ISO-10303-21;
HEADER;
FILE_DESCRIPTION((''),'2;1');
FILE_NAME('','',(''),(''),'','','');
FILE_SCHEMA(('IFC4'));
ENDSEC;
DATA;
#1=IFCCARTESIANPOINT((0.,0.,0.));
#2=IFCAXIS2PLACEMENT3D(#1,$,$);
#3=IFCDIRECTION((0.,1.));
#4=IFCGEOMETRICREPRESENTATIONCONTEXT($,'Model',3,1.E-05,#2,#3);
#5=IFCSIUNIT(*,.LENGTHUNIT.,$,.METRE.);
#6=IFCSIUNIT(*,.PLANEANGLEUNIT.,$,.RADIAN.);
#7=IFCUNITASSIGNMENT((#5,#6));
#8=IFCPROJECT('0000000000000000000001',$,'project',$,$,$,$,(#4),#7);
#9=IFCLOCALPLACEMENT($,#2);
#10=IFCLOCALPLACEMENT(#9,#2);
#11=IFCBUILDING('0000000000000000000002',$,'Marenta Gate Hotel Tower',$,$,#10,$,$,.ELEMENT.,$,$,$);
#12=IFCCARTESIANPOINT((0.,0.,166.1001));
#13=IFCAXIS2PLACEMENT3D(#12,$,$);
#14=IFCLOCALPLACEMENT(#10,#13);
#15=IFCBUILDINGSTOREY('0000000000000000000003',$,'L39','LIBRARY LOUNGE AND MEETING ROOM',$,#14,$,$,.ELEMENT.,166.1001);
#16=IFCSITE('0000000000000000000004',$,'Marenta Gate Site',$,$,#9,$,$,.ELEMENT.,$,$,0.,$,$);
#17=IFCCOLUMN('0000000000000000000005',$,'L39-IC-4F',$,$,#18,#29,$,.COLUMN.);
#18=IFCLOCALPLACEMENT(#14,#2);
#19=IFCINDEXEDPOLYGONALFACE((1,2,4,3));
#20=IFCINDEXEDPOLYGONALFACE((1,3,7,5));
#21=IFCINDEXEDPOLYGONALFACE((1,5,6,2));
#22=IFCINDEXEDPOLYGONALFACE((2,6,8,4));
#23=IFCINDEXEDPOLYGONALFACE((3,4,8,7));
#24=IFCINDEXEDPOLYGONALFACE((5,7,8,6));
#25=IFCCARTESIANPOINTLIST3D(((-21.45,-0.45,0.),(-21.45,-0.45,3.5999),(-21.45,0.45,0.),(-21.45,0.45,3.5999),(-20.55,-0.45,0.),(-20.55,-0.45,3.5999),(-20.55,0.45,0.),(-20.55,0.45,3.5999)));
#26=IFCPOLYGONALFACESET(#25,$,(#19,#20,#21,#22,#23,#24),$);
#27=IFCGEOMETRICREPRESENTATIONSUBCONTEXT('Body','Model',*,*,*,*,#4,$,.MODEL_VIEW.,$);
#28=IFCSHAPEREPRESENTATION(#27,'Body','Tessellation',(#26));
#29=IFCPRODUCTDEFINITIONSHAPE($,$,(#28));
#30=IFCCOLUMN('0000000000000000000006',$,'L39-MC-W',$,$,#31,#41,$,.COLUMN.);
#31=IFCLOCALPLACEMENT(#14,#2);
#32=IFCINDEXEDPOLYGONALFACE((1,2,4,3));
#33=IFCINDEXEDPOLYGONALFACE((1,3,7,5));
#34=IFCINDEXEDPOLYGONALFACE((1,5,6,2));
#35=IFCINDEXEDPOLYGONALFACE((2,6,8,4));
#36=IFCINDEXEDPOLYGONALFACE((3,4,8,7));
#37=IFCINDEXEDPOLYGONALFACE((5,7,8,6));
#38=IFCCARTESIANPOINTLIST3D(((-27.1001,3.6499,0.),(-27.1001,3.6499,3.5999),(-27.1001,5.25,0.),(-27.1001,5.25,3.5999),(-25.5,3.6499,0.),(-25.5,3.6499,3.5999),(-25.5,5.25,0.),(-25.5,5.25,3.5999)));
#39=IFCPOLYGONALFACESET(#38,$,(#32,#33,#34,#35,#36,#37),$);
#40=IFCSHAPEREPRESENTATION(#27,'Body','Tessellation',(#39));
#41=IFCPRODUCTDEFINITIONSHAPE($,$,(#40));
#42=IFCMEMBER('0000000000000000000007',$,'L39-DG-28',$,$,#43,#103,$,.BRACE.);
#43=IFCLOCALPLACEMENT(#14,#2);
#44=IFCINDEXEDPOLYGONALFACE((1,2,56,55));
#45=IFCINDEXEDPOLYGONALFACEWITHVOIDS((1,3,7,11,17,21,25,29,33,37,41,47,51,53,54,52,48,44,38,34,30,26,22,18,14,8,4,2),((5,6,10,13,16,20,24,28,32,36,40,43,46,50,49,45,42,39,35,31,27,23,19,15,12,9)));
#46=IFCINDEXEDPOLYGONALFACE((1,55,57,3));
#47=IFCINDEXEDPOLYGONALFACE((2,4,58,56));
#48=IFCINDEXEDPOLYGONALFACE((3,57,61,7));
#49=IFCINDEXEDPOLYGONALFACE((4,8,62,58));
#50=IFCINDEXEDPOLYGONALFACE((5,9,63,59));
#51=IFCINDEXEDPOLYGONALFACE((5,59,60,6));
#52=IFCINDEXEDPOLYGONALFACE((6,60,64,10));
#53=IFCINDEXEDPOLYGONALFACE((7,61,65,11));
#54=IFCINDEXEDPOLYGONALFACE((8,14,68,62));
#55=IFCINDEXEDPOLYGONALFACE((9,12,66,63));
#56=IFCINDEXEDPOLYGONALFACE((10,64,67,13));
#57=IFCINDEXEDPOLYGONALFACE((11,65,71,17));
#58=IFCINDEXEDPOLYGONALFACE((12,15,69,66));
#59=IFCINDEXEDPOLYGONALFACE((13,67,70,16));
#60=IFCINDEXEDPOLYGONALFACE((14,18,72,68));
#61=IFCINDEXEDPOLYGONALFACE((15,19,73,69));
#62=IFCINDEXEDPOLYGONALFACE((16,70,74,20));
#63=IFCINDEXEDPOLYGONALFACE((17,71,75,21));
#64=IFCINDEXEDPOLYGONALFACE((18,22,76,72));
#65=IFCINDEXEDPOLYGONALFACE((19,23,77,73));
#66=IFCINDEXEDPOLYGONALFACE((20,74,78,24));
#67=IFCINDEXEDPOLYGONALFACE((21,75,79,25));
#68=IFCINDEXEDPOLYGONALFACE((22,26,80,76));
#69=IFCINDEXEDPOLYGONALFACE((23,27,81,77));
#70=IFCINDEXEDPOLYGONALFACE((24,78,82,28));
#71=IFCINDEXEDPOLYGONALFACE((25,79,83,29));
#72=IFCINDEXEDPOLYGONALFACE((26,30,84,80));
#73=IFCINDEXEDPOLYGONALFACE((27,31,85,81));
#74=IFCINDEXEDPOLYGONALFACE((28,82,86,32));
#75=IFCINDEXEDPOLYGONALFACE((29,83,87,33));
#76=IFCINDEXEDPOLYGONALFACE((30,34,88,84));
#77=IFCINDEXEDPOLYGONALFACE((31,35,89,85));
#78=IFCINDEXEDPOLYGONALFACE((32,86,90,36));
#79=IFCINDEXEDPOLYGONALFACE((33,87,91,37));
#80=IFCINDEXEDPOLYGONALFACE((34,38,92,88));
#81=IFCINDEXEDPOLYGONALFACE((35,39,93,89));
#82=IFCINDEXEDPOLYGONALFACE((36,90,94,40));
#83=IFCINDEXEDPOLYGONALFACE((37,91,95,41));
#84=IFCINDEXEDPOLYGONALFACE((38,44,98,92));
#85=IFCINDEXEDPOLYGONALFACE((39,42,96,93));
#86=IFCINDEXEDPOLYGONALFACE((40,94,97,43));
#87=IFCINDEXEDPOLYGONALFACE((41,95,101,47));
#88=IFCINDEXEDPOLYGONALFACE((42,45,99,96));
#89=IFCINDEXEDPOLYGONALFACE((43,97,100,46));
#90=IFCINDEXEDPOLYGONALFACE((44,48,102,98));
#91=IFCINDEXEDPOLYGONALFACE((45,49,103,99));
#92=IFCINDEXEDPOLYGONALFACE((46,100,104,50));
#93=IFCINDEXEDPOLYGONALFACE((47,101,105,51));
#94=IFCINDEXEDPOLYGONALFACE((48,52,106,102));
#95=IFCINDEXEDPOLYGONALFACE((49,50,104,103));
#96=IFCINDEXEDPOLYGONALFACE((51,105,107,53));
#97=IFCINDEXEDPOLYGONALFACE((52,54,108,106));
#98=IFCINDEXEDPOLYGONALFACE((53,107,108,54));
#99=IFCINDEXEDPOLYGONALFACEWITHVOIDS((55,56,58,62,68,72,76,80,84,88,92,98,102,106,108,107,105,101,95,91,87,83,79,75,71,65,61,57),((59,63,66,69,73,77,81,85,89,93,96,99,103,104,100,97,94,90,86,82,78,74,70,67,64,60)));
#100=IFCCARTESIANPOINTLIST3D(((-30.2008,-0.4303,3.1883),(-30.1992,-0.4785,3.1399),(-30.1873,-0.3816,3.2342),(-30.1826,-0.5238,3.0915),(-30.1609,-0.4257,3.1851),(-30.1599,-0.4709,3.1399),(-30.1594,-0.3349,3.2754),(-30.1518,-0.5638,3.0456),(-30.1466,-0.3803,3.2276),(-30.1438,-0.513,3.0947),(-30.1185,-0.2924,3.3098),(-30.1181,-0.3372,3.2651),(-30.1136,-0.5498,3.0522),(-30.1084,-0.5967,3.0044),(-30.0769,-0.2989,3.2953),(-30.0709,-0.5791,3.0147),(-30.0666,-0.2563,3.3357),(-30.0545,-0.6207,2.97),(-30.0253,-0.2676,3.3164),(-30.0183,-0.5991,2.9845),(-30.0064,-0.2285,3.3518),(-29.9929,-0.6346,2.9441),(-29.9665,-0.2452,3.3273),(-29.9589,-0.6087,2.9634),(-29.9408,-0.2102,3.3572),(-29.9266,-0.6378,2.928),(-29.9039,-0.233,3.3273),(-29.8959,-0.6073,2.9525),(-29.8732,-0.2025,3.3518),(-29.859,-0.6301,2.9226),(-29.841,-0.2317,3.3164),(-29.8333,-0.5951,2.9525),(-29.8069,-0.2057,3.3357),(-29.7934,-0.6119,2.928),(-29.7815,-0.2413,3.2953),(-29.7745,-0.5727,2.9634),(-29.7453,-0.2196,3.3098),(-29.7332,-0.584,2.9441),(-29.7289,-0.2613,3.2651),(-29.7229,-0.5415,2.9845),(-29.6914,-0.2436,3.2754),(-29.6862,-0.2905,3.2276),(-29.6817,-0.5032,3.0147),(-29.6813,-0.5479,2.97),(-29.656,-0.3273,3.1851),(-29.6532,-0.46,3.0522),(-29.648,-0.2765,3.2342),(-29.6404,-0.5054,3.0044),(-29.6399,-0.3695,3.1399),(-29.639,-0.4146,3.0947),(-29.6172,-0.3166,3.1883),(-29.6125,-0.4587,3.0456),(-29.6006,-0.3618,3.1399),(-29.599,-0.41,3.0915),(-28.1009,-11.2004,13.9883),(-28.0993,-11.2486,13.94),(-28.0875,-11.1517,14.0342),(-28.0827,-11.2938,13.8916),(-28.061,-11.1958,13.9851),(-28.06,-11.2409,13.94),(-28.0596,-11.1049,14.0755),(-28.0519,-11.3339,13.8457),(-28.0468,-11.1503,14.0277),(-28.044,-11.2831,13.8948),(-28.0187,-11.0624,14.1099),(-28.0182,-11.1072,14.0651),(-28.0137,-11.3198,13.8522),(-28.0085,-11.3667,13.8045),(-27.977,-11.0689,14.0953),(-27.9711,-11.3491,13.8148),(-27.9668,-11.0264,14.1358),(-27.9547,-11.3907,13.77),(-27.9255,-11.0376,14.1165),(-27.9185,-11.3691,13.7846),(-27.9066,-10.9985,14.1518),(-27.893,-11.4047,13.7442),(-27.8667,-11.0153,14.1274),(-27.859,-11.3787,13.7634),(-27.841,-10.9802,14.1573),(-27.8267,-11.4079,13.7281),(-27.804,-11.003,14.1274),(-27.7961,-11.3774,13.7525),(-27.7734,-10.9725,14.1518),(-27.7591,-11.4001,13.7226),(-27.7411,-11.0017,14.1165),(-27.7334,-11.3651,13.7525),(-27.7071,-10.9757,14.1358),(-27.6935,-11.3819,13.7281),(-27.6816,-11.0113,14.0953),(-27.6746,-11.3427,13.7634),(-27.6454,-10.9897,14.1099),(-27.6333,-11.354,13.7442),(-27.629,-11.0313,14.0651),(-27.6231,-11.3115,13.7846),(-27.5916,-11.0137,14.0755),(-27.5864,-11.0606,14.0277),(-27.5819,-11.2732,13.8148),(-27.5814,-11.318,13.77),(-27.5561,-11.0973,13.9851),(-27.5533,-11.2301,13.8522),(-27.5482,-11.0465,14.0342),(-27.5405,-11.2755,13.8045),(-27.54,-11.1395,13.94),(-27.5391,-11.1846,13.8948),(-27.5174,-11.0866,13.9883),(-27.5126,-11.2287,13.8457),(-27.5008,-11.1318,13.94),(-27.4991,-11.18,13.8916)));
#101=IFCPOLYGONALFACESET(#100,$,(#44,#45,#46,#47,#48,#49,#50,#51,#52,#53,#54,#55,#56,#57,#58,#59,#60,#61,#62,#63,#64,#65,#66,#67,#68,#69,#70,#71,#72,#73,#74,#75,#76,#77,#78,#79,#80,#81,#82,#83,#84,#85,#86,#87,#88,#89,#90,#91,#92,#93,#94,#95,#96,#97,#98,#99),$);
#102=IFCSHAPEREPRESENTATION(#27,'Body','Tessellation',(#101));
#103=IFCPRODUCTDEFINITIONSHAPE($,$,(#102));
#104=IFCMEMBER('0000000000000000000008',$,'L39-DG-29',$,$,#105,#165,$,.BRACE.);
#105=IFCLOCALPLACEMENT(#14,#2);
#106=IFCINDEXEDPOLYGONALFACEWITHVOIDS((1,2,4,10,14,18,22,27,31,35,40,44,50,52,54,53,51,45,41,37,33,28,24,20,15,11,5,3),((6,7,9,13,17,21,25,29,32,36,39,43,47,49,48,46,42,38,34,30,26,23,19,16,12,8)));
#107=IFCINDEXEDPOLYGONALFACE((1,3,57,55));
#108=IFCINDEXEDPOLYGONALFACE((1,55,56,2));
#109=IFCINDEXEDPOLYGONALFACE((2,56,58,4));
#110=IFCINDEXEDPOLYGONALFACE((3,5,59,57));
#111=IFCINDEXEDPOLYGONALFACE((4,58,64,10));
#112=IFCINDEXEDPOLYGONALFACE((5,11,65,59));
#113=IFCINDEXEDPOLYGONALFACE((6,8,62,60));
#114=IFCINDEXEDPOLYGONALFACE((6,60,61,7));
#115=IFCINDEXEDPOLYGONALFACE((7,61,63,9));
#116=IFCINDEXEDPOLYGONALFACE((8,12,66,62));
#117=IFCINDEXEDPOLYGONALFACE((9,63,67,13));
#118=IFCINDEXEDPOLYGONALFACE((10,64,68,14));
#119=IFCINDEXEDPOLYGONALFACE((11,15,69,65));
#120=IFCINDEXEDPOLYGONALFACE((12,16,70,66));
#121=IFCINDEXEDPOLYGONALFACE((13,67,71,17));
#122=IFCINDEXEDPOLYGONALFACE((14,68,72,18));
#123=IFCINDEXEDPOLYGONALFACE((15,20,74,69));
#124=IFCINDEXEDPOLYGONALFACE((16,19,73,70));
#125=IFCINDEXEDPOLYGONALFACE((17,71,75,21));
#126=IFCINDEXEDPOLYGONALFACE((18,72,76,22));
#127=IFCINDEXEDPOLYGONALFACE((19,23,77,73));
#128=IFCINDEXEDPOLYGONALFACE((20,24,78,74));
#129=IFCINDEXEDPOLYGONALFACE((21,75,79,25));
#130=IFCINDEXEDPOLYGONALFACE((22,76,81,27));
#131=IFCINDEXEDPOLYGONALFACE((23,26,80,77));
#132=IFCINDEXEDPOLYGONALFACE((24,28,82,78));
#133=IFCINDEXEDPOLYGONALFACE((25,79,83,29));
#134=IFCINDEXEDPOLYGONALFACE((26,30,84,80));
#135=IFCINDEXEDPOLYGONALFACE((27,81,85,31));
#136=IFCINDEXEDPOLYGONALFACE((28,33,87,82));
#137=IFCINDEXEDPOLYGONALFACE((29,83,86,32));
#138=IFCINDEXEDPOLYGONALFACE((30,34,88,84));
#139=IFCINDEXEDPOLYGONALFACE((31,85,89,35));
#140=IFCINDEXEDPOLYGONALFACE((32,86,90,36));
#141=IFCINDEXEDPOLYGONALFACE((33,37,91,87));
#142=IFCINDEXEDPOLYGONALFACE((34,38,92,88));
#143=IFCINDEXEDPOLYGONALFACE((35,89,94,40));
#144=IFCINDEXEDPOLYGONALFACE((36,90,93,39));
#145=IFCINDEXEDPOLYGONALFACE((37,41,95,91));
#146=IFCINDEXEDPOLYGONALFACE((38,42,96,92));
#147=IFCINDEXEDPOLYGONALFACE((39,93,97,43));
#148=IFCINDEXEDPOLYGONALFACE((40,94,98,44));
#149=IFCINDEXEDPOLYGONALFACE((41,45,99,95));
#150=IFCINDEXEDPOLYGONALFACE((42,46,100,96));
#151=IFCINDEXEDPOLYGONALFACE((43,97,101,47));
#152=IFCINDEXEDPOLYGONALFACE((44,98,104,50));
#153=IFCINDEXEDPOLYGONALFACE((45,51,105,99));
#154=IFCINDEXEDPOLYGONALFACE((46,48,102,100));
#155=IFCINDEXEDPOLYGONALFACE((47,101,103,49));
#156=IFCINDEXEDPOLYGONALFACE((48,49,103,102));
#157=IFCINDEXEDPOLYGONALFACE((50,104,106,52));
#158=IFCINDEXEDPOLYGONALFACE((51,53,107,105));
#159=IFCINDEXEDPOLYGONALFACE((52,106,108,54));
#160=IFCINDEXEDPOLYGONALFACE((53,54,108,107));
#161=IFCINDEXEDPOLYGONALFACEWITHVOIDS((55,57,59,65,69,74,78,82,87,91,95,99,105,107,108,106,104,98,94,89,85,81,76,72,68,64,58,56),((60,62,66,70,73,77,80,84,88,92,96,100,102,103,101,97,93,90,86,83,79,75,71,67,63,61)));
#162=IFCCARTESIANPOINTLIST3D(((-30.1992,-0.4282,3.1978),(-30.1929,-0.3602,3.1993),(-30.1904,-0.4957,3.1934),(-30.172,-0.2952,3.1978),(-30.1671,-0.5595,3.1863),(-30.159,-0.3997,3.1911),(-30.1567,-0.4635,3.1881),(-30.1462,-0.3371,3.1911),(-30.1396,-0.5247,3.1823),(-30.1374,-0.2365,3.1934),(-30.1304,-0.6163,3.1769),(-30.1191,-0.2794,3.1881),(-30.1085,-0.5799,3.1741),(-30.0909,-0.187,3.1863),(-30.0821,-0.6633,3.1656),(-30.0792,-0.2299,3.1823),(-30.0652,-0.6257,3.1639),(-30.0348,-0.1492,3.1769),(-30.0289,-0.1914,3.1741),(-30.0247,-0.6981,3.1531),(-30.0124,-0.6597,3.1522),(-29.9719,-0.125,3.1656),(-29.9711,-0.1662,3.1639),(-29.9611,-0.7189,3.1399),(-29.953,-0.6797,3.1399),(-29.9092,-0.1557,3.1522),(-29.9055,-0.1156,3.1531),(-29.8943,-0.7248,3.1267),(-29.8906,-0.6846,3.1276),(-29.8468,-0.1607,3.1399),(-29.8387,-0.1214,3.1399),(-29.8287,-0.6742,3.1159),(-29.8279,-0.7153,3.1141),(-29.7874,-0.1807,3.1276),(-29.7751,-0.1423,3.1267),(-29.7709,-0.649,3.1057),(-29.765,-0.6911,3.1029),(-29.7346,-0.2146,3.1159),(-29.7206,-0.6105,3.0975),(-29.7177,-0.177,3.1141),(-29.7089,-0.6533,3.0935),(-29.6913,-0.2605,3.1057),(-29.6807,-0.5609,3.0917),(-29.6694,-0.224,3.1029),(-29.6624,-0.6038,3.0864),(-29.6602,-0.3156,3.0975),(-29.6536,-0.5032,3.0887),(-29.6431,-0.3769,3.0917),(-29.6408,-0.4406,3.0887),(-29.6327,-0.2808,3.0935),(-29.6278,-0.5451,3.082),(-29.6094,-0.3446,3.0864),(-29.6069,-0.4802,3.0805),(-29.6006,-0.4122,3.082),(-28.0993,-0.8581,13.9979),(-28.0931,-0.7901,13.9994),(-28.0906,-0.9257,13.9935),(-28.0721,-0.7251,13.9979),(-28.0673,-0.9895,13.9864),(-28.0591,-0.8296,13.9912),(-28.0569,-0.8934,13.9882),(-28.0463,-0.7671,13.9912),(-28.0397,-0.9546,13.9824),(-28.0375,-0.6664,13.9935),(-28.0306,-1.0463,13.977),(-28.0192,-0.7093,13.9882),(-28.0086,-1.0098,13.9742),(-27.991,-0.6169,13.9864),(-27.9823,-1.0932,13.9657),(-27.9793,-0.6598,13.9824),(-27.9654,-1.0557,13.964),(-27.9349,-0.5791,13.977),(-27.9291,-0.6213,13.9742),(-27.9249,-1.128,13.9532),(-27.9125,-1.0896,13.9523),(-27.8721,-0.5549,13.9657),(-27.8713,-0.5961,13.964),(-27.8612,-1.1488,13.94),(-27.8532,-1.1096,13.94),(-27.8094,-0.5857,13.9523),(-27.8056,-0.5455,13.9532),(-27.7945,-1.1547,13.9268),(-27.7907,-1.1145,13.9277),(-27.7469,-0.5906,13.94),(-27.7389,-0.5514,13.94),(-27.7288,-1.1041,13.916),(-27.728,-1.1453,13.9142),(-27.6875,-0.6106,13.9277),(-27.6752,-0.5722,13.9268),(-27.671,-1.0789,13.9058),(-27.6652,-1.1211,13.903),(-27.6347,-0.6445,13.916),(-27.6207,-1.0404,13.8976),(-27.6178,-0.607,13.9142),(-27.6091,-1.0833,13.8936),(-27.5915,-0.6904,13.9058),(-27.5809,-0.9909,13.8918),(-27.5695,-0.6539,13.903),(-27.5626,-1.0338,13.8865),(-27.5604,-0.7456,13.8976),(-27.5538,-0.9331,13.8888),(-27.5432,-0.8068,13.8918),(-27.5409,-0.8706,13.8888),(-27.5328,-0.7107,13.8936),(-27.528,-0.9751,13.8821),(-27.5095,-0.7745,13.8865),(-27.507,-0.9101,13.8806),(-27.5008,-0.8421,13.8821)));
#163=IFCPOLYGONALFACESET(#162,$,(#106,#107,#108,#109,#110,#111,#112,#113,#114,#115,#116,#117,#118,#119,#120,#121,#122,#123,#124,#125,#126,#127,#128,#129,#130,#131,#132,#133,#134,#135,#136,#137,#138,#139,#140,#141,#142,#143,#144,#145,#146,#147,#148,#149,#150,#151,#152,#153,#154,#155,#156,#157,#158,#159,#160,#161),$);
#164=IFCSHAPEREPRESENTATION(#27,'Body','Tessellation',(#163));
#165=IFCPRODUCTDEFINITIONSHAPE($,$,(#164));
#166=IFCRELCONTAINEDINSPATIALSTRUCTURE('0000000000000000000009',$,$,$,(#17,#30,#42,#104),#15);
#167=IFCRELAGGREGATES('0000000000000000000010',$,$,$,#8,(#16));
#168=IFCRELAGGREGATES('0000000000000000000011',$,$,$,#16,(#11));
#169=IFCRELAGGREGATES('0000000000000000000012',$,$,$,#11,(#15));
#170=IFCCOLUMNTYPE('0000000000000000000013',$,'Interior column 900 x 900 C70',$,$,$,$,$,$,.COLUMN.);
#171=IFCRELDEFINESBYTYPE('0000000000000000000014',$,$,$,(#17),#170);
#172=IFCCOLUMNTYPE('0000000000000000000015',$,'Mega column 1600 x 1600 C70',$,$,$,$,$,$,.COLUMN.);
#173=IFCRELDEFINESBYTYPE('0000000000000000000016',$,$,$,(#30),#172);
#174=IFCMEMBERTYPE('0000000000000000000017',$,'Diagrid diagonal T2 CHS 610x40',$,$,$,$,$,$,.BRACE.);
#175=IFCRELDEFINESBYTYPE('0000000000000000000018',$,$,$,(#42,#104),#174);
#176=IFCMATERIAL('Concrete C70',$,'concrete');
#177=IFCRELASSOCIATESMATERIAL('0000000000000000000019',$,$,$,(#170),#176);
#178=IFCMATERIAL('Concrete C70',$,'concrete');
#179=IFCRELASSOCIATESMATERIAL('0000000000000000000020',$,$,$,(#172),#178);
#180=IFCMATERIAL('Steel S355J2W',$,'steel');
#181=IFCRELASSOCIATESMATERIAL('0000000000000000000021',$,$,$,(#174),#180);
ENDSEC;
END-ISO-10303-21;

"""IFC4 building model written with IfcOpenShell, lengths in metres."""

from ifc_helpers import new_model, si_unit, direction, frame, origin, origin_2d, place, context, subcontext, project, spatial, rectangle, hollow_circle, extrude, material, material_profile, profile_set, type_object, element, save


model = new_model("IFC4")

# Units and contexts
model_context = context("Model", 3, precision=1e-05, world=origin(), true_north=direction((0.0, 1.0)))
body_context = subcontext(model_context, "Body", "Model", "MODEL_VIEW")
ifc_project = project(units=[si_unit("LENGTHUNIT", "METRE"), si_unit("PLANEANGLEUNIT", "RADIAN")], contexts=[model_context])

# Site, building, storey
site_placement = place(None, origin())
site = spatial("IfcSite", under=ifc_project, at=site_placement, Name="Marenta Gate Site", CompositionType="ELEMENT", RefElevation=0.0)
building_placement = place(site_placement, origin())
building = spatial("IfcBuilding", under=site, at=building_placement, Name="Marenta Gate Hotel Tower", CompositionType="ELEMENT")
storey_placement = place(building_placement, frame((0.0, 0.0, 166.1001)))
storey = spatial("IfcBuildingStorey", under=building, at=storey_placement, Name="L39", Description="LIBRARY LOUNGE AND MEETING ROOM", CompositionType="ELEMENT", Elevation=166.1001)

# Columns
ifc_material_1 = material(Name="Concrete C70", Category="concrete")
ifc_material_profile_1 = material_profile(ifc_material_1, rectangle(XDim=0.8999, YDim=0.8999, at=origin_2d()), Name="900 x 900")
ifc_profile_set_1 = profile_set([ifc_material_profile_1], Name="Concrete C70")
column_type_1 = type_object("IfcColumnType", Name="Interior column 900 x 900 C70", PredefinedType="COLUMN", material=ifc_profile_set_1)
column_1_placement = place(storey_placement, frame((-21.0, 0.0, 0.0), z_axis=(0.0, 0.0, 1.0), x_axis=(1.0, 0.0, 0.0)))
element("IfcColumn", 1, at=column_1_placement, inside=storey, type_object=column_type_1, Name="L39-IC-4F", PredefinedType="COLUMN", context=body_context, shape_type="SweptSolid", body=[
    extrude(rectangle(XDim=0.8999, YDim=0.8999, at=origin_2d()), origin(), (0.0, 0.0, 1.0), 3.5999),
])
ifc_material_2 = material(Name="Concrete C70", Category="concrete")
ifc_material_profile_2 = material_profile(ifc_material_2, rectangle(XDim=1.6001, YDim=1.6001, at=origin_2d()), Name="1600 x 1600")
ifc_profile_set_2 = profile_set([ifc_material_profile_2], Name="Concrete C70")
column_type_2 = type_object("IfcColumnType", Name="Mega column 1600 x 1600 C70", PredefinedType="COLUMN", material=ifc_profile_set_2)
column_2_placement = place(storey_placement, frame((-26.3, 4.45, 0.0), z_axis=(0.0, 0.0, 1.0), x_axis=(1.0, 0.0, 0.0)))
element("IfcColumn", 2, at=column_2_placement, inside=storey, type_object=column_type_2, Name="L39-MC-W", PredefinedType="COLUMN", context=body_context, shape_type="SweptSolid", body=[
    extrude(rectangle(XDim=1.6001, YDim=1.6001, at=origin_2d()), origin(), (0.0, 0.0, 1.0), 3.5999),
])

# Members
ifc_material_3 = material(Name="Steel S355J2W", Category="steel")
ifc_material_profile_3 = material_profile(ifc_material_3, hollow_circle(Radius=0.3049, WallThickness=0.04, at=origin_2d()), Name="CHS 610x40")
ifc_profile_set_3 = profile_set([ifc_material_profile_3], Name="Steel S355J2W")
member_type_1 = type_object("IfcMemberType", Name="Diagrid diagonal T2 CHS 610x40", PredefinedType="BRACE", material=ifc_profile_set_3)
member_1_placement = place(storey_placement, frame((-29.8999, -0.4202, 3.1399), z_axis=(0.136388, -0.699523, 0.701474), x_axis=(0.981518, 0.191369, 0.0)))
element("IfcMember", 3, at=member_1_placement, inside=storey, type_object=member_type_1, Name="L39-DG-28", PredefinedType="BRACE", context=body_context, shape_type="SweptSolid", body=[
    extrude(hollow_circle(Radius=0.3049, WallThickness=0.04, at=origin_2d()), origin(), (0.0, 0.0, 1.0), 15.3962),
])
member_2_placement = place(storey_placement, frame((-29.8999, -0.4202, 3.1399), z_axis=(0.19071, -0.039047, 0.980869), x_axis=(0.200583, 0.979677, 0.0)))
element("IfcMember", 4, at=member_2_placement, inside=storey, type_object=member_type_1, Name="L39-DG-29", PredefinedType="BRACE", context=body_context, shape_type="SweptSolid", body=[
    extrude(hollow_circle(Radius=0.3049, WallThickness=0.04, at=origin_2d()), origin(), (0.0, 0.0, 1.0), 11.0107),
])

save(model, "model.ifc")
